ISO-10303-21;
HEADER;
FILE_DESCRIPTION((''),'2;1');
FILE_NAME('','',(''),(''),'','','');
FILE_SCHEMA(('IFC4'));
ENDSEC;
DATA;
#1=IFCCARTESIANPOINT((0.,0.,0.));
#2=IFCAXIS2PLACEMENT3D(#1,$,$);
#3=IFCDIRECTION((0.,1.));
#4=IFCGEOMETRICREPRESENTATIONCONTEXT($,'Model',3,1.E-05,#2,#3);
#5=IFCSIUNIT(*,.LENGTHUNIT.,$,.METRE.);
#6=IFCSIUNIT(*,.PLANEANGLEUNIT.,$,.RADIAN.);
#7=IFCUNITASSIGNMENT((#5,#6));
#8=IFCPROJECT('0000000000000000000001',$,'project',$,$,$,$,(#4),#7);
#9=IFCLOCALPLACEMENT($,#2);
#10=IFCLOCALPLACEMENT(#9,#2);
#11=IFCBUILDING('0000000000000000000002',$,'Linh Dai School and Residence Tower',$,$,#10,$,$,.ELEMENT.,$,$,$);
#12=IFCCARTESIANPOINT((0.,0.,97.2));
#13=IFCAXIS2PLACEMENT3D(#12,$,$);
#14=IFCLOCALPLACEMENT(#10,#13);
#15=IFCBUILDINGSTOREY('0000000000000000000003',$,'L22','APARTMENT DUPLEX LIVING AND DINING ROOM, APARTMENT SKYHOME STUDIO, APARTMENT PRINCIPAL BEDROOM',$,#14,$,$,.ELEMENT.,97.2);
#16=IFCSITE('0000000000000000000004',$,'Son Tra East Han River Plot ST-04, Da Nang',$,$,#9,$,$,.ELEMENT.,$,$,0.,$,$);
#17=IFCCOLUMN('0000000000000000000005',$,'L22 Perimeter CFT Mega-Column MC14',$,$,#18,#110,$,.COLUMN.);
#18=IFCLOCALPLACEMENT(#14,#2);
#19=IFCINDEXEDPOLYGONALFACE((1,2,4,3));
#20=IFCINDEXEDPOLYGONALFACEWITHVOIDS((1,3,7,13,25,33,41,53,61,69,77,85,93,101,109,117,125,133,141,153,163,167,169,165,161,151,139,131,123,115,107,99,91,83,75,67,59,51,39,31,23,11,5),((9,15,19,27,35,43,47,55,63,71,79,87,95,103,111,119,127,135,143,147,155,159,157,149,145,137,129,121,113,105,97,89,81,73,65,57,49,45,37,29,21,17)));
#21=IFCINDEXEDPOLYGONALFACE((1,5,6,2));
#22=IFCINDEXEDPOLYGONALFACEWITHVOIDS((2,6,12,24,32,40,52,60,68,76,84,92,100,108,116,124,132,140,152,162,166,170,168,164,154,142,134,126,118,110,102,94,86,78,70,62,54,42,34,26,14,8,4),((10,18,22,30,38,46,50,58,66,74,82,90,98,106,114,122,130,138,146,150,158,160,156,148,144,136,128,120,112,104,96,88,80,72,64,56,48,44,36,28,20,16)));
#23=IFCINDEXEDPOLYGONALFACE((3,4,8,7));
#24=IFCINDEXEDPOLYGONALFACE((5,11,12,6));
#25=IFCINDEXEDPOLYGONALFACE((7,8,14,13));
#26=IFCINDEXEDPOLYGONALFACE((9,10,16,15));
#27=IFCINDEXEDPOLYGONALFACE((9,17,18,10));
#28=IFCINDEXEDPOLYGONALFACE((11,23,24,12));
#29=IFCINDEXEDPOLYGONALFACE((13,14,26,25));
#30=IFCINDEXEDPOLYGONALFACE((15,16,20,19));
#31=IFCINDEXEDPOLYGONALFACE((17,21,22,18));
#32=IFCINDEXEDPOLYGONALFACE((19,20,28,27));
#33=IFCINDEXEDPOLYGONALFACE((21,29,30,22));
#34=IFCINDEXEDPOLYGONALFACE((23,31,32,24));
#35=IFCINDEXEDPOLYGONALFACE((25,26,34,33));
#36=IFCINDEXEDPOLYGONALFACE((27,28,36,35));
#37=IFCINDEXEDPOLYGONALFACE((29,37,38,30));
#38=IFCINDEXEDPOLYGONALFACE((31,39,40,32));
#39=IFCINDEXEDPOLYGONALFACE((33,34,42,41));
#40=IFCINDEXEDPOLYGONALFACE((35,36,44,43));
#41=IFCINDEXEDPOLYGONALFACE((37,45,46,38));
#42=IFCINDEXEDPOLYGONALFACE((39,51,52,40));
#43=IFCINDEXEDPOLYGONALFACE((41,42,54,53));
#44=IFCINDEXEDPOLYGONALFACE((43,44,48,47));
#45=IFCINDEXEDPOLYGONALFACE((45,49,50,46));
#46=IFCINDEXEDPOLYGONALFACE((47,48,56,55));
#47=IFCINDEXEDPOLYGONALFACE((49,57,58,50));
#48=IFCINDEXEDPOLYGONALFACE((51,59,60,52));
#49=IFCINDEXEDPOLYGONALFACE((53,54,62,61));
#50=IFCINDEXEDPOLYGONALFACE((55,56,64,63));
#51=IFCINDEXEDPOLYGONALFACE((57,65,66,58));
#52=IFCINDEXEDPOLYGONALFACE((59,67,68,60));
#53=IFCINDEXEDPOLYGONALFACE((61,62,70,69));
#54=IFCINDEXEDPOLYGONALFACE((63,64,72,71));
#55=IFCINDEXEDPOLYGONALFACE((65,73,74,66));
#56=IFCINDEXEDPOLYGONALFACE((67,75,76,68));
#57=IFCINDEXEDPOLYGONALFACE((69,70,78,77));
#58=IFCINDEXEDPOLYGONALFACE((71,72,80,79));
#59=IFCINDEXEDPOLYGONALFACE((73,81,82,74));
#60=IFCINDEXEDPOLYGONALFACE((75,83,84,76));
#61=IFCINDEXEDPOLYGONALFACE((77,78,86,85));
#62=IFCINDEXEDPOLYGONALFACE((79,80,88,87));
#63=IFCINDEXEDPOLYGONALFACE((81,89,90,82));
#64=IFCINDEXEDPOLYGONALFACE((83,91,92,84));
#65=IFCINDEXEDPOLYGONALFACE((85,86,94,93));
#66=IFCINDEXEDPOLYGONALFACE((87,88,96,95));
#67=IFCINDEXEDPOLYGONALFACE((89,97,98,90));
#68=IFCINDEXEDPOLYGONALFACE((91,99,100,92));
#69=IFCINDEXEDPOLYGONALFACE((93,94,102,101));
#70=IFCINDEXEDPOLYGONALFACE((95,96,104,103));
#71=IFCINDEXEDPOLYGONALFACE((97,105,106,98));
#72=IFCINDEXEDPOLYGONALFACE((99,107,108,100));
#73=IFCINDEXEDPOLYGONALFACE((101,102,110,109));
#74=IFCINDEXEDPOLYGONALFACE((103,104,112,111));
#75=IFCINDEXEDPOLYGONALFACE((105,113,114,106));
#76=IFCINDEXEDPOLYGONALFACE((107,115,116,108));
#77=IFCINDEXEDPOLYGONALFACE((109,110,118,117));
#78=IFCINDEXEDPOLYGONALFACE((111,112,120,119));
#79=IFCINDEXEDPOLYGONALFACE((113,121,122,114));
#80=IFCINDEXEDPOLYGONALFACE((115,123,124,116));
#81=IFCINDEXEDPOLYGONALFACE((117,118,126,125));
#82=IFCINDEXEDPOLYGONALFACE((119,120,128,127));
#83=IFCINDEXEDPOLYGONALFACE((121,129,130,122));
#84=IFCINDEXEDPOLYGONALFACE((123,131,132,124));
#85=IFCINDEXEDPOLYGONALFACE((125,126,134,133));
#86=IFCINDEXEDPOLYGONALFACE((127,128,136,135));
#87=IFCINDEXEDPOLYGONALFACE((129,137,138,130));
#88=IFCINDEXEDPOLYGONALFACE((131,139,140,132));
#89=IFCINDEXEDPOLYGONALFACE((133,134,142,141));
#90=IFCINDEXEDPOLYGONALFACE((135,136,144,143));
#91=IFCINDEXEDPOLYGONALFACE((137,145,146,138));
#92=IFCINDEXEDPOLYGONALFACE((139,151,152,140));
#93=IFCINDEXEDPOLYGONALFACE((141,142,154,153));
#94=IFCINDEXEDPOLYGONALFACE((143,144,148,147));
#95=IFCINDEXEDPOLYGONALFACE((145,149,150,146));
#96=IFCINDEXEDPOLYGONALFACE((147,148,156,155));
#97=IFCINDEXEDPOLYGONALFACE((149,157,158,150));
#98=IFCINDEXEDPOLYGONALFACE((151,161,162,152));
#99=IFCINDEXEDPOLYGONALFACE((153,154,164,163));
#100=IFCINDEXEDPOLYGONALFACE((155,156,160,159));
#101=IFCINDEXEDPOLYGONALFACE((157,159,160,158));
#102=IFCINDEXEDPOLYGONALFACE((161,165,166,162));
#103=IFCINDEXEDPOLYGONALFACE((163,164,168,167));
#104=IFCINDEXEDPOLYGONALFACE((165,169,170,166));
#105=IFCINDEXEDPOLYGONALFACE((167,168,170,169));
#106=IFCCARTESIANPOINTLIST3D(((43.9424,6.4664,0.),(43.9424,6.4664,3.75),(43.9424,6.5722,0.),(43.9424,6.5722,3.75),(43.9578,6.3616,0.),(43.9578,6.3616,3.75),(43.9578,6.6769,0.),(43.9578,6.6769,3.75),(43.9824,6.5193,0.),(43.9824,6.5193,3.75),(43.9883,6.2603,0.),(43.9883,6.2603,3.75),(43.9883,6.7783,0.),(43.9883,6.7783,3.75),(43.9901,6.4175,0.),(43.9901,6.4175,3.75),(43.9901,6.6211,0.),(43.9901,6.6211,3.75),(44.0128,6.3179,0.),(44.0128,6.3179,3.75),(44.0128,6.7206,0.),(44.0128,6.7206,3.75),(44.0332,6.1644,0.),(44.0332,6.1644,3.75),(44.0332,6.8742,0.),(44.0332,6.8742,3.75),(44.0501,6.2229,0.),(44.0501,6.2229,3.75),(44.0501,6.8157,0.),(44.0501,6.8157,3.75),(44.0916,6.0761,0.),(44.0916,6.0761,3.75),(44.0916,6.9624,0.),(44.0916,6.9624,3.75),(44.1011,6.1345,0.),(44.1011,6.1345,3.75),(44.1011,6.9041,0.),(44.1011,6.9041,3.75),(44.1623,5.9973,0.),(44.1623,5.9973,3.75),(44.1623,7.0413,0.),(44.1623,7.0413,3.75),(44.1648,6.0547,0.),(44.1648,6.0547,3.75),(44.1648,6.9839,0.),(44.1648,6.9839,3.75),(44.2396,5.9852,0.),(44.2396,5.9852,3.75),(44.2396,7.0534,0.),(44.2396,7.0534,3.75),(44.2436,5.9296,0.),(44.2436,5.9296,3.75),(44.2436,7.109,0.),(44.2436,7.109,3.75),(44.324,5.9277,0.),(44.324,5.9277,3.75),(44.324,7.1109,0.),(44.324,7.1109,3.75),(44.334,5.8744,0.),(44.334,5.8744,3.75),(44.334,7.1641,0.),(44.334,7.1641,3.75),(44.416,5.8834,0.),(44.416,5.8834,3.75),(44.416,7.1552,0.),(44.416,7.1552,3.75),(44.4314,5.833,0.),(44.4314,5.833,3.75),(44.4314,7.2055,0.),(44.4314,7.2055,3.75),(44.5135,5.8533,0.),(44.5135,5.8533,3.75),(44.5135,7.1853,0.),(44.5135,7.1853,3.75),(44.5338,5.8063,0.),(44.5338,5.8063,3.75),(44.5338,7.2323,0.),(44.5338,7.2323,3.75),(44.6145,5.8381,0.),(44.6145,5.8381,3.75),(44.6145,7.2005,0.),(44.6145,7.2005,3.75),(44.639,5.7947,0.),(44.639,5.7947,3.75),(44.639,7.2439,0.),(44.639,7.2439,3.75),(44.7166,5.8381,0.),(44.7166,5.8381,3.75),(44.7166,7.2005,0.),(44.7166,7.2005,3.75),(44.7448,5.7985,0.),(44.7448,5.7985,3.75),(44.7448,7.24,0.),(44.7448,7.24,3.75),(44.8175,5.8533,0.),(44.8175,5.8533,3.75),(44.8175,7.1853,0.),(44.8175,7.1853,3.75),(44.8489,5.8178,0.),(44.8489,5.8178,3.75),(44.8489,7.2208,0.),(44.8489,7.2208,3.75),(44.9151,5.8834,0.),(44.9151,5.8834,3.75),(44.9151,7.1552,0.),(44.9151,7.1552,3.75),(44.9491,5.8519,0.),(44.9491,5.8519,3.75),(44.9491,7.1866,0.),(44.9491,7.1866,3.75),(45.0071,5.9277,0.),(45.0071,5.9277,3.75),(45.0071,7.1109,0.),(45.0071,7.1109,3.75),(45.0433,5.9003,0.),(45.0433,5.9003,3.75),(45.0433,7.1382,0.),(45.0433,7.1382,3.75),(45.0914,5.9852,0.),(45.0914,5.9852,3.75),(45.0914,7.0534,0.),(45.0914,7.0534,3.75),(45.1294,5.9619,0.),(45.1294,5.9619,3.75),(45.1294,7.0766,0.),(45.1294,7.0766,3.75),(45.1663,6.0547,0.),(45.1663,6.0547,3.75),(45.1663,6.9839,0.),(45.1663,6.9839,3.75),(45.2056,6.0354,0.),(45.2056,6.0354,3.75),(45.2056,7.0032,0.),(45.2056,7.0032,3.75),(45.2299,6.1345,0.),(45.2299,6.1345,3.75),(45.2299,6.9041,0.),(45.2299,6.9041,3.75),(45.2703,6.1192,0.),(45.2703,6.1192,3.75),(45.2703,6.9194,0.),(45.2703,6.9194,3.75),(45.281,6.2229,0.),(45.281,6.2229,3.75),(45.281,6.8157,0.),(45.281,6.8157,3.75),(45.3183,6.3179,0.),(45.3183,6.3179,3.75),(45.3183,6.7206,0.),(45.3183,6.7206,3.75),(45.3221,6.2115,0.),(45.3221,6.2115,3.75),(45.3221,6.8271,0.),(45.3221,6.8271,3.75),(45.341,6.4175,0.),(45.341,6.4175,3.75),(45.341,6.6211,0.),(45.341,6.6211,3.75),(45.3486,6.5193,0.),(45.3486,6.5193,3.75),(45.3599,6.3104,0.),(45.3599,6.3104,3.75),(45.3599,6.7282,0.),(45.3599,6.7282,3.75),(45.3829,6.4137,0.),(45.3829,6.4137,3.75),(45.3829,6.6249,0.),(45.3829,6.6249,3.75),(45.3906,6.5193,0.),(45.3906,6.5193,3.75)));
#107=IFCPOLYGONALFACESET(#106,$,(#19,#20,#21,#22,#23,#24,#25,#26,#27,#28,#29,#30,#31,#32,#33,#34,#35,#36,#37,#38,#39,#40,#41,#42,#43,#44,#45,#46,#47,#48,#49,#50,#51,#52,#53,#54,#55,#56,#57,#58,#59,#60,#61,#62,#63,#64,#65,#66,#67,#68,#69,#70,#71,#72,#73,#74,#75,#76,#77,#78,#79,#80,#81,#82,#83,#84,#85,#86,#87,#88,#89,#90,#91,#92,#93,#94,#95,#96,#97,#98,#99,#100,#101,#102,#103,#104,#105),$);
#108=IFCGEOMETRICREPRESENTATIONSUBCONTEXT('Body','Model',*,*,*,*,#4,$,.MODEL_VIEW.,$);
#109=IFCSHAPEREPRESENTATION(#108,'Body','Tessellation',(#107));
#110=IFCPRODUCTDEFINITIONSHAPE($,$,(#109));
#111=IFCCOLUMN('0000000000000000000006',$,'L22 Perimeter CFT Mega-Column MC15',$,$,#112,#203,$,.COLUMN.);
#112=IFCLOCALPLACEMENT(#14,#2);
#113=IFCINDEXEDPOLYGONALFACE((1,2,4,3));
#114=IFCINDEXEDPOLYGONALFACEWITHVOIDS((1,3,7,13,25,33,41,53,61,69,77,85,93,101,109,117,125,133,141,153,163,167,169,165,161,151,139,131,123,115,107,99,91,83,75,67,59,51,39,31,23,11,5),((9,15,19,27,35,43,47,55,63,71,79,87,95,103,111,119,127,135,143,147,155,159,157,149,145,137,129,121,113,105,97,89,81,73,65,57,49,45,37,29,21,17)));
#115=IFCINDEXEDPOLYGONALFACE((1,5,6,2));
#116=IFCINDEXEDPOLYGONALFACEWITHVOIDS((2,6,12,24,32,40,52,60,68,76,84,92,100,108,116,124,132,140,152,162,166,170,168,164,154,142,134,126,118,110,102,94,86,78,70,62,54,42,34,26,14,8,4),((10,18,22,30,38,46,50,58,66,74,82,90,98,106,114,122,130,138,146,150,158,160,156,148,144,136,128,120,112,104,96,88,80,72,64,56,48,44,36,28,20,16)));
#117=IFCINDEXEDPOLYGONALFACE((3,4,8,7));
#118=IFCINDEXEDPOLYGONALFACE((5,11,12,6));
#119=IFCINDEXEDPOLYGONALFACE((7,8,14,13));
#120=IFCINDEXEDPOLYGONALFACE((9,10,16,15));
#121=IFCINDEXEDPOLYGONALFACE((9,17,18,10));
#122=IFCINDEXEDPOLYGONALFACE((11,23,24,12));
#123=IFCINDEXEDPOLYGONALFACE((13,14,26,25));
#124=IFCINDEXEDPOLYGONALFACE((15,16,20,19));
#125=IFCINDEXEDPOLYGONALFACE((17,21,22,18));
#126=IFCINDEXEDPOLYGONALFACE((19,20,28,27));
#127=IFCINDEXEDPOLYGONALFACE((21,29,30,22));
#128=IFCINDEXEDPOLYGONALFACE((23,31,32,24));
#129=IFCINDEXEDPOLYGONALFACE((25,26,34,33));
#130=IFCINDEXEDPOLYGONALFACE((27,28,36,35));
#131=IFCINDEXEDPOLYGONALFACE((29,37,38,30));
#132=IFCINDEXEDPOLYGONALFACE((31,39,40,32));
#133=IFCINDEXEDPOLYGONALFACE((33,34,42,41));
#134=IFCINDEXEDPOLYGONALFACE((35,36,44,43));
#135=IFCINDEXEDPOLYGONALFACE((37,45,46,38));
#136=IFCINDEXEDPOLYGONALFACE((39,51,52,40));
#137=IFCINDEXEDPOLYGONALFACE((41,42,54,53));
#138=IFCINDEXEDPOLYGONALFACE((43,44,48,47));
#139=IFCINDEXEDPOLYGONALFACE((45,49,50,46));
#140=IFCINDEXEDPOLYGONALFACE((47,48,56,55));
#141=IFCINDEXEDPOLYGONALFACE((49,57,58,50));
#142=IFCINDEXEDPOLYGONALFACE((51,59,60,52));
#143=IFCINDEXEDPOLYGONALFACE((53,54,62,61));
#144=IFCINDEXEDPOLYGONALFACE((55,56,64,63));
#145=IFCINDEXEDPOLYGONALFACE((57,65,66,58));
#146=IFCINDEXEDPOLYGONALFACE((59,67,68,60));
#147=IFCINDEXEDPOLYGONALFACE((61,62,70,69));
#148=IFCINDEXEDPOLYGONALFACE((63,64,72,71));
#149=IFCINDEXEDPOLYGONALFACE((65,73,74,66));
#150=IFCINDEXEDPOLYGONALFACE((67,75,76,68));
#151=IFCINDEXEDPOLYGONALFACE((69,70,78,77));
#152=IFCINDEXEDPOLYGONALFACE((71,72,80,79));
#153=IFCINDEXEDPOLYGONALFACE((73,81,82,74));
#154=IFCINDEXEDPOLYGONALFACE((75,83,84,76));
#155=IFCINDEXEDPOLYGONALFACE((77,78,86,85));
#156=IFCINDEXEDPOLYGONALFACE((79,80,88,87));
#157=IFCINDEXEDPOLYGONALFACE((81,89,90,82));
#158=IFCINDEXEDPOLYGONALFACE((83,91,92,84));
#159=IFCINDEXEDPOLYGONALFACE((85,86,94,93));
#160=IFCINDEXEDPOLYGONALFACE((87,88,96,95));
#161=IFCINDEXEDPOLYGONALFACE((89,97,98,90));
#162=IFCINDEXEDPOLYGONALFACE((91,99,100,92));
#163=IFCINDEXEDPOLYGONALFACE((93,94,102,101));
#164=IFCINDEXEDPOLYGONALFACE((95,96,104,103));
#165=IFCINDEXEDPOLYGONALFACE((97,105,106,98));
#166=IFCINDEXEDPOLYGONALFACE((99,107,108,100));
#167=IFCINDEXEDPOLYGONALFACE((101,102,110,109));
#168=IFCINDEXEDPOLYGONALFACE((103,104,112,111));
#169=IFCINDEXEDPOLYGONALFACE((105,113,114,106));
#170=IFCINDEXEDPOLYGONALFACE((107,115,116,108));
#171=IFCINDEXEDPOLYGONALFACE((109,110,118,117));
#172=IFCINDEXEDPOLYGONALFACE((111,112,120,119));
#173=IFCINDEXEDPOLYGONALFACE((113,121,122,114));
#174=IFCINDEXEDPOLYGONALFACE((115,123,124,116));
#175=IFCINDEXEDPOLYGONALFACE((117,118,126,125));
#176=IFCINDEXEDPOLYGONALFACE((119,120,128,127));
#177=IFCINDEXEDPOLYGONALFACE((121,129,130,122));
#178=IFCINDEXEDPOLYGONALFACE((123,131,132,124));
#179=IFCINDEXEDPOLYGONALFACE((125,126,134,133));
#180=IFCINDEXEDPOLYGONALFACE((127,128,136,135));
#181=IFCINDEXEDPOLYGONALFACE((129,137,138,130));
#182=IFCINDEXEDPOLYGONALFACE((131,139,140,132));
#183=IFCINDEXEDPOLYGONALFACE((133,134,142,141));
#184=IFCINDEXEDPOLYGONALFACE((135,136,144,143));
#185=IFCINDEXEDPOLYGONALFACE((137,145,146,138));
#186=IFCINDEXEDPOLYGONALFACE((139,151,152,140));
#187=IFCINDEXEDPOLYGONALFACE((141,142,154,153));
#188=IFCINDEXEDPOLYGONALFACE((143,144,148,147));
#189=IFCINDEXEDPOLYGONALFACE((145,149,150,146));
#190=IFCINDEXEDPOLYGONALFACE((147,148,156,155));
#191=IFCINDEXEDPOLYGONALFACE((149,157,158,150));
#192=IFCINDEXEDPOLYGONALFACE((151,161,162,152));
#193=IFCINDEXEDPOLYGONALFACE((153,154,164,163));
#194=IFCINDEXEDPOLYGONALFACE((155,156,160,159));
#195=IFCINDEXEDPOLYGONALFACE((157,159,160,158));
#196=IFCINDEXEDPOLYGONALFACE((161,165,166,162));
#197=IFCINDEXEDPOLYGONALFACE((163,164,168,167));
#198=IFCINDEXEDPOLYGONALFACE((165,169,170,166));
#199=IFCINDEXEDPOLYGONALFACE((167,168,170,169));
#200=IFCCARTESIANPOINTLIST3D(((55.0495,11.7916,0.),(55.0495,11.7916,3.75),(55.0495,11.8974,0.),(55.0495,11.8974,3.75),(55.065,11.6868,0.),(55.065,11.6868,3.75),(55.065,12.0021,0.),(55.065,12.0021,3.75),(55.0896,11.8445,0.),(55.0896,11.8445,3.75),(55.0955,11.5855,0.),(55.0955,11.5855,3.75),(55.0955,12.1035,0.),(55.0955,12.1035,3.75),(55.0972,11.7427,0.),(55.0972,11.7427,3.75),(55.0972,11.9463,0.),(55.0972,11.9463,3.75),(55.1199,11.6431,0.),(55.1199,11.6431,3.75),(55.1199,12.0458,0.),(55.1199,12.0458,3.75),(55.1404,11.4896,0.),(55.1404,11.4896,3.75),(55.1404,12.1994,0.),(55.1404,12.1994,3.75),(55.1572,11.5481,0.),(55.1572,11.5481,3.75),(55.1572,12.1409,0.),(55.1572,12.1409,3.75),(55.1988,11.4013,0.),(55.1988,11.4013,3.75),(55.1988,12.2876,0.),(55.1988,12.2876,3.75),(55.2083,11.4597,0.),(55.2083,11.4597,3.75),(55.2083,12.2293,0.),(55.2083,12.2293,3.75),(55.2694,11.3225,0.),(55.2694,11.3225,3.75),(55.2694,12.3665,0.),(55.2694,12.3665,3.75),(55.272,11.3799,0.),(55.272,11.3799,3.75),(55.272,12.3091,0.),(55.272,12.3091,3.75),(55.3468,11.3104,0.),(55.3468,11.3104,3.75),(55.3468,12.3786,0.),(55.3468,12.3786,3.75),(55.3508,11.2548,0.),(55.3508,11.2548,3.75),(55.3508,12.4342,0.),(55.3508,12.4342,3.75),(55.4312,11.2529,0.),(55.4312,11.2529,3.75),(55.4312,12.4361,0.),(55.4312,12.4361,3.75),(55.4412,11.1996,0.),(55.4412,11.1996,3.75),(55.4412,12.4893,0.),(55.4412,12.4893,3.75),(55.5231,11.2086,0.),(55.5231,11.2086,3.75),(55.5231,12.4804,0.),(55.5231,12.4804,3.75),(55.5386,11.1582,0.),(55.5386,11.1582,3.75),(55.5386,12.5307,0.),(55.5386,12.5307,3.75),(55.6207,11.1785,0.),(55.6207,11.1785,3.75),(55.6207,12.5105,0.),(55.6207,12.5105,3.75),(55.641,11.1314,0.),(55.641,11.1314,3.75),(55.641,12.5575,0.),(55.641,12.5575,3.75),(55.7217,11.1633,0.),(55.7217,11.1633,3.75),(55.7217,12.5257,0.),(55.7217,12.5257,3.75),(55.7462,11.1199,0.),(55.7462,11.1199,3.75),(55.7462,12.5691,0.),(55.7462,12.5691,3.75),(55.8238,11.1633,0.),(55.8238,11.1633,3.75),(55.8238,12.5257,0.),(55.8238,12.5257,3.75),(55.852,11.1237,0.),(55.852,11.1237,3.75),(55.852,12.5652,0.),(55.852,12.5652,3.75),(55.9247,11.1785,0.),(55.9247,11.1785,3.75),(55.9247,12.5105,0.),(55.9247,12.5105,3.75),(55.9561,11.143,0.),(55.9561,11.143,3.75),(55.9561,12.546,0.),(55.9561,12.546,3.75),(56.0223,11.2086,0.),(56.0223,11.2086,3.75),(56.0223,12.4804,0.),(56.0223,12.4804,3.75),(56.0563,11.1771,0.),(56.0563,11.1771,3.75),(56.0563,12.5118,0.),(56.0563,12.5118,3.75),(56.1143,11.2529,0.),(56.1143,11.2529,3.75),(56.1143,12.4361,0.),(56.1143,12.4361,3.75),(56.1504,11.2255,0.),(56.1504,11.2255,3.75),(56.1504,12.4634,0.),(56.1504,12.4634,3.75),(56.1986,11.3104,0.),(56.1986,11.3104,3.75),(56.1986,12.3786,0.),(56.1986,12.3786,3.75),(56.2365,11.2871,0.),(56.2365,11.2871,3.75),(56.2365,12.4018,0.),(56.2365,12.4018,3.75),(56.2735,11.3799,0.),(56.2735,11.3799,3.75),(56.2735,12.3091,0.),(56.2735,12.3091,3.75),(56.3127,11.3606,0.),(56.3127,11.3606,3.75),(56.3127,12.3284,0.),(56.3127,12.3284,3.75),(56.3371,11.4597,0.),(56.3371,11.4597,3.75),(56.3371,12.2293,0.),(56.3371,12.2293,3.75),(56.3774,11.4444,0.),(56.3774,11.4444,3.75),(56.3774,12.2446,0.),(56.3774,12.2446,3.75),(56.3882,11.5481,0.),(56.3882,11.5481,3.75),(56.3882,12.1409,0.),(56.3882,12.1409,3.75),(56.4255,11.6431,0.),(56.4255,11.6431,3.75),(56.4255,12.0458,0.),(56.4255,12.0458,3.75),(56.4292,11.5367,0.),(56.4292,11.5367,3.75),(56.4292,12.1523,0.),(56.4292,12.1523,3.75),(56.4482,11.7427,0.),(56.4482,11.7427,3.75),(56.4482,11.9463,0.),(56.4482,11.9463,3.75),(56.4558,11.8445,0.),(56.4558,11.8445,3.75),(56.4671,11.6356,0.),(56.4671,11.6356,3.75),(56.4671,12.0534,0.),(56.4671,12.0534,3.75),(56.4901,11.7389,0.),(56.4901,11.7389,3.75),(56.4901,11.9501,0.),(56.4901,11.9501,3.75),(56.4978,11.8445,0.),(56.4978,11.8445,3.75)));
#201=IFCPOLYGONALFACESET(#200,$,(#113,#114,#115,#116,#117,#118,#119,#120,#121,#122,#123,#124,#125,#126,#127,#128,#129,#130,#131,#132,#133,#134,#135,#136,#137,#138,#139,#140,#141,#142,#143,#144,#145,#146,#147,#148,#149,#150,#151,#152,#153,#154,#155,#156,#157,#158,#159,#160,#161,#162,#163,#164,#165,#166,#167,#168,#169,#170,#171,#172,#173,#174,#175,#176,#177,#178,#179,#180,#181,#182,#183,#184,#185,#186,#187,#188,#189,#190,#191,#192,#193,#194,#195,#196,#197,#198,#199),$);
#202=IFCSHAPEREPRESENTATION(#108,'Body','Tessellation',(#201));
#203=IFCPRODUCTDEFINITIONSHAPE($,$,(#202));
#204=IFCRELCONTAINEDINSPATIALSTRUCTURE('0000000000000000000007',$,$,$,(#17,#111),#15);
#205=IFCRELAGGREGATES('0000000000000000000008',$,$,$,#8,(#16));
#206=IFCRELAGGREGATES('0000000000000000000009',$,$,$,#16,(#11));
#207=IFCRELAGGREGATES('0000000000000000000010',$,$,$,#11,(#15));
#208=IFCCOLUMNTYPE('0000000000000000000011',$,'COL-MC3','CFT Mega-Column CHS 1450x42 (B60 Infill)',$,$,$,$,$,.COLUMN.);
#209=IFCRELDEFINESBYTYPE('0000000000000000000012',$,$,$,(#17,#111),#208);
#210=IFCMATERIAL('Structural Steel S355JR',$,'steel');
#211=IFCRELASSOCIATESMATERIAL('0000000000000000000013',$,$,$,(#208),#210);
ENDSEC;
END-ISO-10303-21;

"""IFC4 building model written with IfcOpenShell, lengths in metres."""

from ifc_helpers import new_model, si_unit, direction, frame, origin, origin_2d, place, context, subcontext, project, spatial, hollow_circle, extrude, material, material_profile, profile_set, type_object, element, save


model = new_model("IFC4")

# Units and contexts
model_context = context("Model", 3, precision=1e-05, world=origin(), true_north=direction((0.0, 1.0)))
body_context = subcontext(model_context, "Body", "Model", "MODEL_VIEW")
ifc_project = project(units=[si_unit("LENGTHUNIT", "METRE"), si_unit("PLANEANGLEUNIT", "RADIAN")], contexts=[model_context])

# Site, building, storey
site_placement = place(None, origin())
site = spatial("IfcSite", under=ifc_project, at=site_placement, Name="Son Tra East Han River Plot ST-04, Da Nang", CompositionType="ELEMENT", RefElevation=0.0)
building_placement = place(site_placement, origin())
building = spatial("IfcBuilding", under=site, at=building_placement, Name="Linh Dai School and Residence Tower", CompositionType="ELEMENT")
storey_placement = place(building_placement, frame((0.0, 0.0, 97.2)))
storey = spatial("IfcBuildingStorey", under=building, at=storey_placement, Name="L22", Description="APARTMENT DUPLEX LIVING AND DINING ROOM, APARTMENT SKYHOME STUDIO, APARTMENT PRINCIPAL BEDROOM", CompositionType="ELEMENT", Elevation=97.2)

# Columns
ifc_material_1 = material(Name="Structural Steel S355JR", Category="steel")
ifc_material_profile_1 = material_profile(ifc_material_1, hollow_circle(Radius=0.7251, WallThickness=0.042, at=origin_2d()), Name="CHS 1450x42")
ifc_profile_set_1 = profile_set([ifc_material_profile_1], Name="Structural Steel S355JR")
column_type = type_object("IfcColumnType", Name="COL-MC3", Description="CFT Mega-Column CHS 1450x42 (B60 Infill)", PredefinedType="COLUMN", material=ifc_profile_set_1)
for number, where, z_axis, x_axis, name in (
    (1, (44.6655, 6.5193, 0.0), (0.0, 0.0, 1.0), (1.0, 0.0, 0.0), "L22 Perimeter CFT Mega-Column MC14"),
    (2, (55.7727, 11.8445, 0.0), (0.0, 0.0, 1.0), (1.0, 0.0, 0.0), "L22 Perimeter CFT Mega-Column MC15"),
):
    element("IfcColumn", number, at=place(storey_placement, frame(where, z_axis=z_axis, x_axis=x_axis)), inside=storey, type_object=column_type, Name=name, PredefinedType="COLUMN", context=body_context, shape_type="SweptSolid", body=[
        extrude(hollow_circle(Radius=0.7251, WallThickness=0.042, at=origin_2d()), origin(), (0.0, 0.0, 1.0), 3.75),
    ])

save(model, "model.ifc")
